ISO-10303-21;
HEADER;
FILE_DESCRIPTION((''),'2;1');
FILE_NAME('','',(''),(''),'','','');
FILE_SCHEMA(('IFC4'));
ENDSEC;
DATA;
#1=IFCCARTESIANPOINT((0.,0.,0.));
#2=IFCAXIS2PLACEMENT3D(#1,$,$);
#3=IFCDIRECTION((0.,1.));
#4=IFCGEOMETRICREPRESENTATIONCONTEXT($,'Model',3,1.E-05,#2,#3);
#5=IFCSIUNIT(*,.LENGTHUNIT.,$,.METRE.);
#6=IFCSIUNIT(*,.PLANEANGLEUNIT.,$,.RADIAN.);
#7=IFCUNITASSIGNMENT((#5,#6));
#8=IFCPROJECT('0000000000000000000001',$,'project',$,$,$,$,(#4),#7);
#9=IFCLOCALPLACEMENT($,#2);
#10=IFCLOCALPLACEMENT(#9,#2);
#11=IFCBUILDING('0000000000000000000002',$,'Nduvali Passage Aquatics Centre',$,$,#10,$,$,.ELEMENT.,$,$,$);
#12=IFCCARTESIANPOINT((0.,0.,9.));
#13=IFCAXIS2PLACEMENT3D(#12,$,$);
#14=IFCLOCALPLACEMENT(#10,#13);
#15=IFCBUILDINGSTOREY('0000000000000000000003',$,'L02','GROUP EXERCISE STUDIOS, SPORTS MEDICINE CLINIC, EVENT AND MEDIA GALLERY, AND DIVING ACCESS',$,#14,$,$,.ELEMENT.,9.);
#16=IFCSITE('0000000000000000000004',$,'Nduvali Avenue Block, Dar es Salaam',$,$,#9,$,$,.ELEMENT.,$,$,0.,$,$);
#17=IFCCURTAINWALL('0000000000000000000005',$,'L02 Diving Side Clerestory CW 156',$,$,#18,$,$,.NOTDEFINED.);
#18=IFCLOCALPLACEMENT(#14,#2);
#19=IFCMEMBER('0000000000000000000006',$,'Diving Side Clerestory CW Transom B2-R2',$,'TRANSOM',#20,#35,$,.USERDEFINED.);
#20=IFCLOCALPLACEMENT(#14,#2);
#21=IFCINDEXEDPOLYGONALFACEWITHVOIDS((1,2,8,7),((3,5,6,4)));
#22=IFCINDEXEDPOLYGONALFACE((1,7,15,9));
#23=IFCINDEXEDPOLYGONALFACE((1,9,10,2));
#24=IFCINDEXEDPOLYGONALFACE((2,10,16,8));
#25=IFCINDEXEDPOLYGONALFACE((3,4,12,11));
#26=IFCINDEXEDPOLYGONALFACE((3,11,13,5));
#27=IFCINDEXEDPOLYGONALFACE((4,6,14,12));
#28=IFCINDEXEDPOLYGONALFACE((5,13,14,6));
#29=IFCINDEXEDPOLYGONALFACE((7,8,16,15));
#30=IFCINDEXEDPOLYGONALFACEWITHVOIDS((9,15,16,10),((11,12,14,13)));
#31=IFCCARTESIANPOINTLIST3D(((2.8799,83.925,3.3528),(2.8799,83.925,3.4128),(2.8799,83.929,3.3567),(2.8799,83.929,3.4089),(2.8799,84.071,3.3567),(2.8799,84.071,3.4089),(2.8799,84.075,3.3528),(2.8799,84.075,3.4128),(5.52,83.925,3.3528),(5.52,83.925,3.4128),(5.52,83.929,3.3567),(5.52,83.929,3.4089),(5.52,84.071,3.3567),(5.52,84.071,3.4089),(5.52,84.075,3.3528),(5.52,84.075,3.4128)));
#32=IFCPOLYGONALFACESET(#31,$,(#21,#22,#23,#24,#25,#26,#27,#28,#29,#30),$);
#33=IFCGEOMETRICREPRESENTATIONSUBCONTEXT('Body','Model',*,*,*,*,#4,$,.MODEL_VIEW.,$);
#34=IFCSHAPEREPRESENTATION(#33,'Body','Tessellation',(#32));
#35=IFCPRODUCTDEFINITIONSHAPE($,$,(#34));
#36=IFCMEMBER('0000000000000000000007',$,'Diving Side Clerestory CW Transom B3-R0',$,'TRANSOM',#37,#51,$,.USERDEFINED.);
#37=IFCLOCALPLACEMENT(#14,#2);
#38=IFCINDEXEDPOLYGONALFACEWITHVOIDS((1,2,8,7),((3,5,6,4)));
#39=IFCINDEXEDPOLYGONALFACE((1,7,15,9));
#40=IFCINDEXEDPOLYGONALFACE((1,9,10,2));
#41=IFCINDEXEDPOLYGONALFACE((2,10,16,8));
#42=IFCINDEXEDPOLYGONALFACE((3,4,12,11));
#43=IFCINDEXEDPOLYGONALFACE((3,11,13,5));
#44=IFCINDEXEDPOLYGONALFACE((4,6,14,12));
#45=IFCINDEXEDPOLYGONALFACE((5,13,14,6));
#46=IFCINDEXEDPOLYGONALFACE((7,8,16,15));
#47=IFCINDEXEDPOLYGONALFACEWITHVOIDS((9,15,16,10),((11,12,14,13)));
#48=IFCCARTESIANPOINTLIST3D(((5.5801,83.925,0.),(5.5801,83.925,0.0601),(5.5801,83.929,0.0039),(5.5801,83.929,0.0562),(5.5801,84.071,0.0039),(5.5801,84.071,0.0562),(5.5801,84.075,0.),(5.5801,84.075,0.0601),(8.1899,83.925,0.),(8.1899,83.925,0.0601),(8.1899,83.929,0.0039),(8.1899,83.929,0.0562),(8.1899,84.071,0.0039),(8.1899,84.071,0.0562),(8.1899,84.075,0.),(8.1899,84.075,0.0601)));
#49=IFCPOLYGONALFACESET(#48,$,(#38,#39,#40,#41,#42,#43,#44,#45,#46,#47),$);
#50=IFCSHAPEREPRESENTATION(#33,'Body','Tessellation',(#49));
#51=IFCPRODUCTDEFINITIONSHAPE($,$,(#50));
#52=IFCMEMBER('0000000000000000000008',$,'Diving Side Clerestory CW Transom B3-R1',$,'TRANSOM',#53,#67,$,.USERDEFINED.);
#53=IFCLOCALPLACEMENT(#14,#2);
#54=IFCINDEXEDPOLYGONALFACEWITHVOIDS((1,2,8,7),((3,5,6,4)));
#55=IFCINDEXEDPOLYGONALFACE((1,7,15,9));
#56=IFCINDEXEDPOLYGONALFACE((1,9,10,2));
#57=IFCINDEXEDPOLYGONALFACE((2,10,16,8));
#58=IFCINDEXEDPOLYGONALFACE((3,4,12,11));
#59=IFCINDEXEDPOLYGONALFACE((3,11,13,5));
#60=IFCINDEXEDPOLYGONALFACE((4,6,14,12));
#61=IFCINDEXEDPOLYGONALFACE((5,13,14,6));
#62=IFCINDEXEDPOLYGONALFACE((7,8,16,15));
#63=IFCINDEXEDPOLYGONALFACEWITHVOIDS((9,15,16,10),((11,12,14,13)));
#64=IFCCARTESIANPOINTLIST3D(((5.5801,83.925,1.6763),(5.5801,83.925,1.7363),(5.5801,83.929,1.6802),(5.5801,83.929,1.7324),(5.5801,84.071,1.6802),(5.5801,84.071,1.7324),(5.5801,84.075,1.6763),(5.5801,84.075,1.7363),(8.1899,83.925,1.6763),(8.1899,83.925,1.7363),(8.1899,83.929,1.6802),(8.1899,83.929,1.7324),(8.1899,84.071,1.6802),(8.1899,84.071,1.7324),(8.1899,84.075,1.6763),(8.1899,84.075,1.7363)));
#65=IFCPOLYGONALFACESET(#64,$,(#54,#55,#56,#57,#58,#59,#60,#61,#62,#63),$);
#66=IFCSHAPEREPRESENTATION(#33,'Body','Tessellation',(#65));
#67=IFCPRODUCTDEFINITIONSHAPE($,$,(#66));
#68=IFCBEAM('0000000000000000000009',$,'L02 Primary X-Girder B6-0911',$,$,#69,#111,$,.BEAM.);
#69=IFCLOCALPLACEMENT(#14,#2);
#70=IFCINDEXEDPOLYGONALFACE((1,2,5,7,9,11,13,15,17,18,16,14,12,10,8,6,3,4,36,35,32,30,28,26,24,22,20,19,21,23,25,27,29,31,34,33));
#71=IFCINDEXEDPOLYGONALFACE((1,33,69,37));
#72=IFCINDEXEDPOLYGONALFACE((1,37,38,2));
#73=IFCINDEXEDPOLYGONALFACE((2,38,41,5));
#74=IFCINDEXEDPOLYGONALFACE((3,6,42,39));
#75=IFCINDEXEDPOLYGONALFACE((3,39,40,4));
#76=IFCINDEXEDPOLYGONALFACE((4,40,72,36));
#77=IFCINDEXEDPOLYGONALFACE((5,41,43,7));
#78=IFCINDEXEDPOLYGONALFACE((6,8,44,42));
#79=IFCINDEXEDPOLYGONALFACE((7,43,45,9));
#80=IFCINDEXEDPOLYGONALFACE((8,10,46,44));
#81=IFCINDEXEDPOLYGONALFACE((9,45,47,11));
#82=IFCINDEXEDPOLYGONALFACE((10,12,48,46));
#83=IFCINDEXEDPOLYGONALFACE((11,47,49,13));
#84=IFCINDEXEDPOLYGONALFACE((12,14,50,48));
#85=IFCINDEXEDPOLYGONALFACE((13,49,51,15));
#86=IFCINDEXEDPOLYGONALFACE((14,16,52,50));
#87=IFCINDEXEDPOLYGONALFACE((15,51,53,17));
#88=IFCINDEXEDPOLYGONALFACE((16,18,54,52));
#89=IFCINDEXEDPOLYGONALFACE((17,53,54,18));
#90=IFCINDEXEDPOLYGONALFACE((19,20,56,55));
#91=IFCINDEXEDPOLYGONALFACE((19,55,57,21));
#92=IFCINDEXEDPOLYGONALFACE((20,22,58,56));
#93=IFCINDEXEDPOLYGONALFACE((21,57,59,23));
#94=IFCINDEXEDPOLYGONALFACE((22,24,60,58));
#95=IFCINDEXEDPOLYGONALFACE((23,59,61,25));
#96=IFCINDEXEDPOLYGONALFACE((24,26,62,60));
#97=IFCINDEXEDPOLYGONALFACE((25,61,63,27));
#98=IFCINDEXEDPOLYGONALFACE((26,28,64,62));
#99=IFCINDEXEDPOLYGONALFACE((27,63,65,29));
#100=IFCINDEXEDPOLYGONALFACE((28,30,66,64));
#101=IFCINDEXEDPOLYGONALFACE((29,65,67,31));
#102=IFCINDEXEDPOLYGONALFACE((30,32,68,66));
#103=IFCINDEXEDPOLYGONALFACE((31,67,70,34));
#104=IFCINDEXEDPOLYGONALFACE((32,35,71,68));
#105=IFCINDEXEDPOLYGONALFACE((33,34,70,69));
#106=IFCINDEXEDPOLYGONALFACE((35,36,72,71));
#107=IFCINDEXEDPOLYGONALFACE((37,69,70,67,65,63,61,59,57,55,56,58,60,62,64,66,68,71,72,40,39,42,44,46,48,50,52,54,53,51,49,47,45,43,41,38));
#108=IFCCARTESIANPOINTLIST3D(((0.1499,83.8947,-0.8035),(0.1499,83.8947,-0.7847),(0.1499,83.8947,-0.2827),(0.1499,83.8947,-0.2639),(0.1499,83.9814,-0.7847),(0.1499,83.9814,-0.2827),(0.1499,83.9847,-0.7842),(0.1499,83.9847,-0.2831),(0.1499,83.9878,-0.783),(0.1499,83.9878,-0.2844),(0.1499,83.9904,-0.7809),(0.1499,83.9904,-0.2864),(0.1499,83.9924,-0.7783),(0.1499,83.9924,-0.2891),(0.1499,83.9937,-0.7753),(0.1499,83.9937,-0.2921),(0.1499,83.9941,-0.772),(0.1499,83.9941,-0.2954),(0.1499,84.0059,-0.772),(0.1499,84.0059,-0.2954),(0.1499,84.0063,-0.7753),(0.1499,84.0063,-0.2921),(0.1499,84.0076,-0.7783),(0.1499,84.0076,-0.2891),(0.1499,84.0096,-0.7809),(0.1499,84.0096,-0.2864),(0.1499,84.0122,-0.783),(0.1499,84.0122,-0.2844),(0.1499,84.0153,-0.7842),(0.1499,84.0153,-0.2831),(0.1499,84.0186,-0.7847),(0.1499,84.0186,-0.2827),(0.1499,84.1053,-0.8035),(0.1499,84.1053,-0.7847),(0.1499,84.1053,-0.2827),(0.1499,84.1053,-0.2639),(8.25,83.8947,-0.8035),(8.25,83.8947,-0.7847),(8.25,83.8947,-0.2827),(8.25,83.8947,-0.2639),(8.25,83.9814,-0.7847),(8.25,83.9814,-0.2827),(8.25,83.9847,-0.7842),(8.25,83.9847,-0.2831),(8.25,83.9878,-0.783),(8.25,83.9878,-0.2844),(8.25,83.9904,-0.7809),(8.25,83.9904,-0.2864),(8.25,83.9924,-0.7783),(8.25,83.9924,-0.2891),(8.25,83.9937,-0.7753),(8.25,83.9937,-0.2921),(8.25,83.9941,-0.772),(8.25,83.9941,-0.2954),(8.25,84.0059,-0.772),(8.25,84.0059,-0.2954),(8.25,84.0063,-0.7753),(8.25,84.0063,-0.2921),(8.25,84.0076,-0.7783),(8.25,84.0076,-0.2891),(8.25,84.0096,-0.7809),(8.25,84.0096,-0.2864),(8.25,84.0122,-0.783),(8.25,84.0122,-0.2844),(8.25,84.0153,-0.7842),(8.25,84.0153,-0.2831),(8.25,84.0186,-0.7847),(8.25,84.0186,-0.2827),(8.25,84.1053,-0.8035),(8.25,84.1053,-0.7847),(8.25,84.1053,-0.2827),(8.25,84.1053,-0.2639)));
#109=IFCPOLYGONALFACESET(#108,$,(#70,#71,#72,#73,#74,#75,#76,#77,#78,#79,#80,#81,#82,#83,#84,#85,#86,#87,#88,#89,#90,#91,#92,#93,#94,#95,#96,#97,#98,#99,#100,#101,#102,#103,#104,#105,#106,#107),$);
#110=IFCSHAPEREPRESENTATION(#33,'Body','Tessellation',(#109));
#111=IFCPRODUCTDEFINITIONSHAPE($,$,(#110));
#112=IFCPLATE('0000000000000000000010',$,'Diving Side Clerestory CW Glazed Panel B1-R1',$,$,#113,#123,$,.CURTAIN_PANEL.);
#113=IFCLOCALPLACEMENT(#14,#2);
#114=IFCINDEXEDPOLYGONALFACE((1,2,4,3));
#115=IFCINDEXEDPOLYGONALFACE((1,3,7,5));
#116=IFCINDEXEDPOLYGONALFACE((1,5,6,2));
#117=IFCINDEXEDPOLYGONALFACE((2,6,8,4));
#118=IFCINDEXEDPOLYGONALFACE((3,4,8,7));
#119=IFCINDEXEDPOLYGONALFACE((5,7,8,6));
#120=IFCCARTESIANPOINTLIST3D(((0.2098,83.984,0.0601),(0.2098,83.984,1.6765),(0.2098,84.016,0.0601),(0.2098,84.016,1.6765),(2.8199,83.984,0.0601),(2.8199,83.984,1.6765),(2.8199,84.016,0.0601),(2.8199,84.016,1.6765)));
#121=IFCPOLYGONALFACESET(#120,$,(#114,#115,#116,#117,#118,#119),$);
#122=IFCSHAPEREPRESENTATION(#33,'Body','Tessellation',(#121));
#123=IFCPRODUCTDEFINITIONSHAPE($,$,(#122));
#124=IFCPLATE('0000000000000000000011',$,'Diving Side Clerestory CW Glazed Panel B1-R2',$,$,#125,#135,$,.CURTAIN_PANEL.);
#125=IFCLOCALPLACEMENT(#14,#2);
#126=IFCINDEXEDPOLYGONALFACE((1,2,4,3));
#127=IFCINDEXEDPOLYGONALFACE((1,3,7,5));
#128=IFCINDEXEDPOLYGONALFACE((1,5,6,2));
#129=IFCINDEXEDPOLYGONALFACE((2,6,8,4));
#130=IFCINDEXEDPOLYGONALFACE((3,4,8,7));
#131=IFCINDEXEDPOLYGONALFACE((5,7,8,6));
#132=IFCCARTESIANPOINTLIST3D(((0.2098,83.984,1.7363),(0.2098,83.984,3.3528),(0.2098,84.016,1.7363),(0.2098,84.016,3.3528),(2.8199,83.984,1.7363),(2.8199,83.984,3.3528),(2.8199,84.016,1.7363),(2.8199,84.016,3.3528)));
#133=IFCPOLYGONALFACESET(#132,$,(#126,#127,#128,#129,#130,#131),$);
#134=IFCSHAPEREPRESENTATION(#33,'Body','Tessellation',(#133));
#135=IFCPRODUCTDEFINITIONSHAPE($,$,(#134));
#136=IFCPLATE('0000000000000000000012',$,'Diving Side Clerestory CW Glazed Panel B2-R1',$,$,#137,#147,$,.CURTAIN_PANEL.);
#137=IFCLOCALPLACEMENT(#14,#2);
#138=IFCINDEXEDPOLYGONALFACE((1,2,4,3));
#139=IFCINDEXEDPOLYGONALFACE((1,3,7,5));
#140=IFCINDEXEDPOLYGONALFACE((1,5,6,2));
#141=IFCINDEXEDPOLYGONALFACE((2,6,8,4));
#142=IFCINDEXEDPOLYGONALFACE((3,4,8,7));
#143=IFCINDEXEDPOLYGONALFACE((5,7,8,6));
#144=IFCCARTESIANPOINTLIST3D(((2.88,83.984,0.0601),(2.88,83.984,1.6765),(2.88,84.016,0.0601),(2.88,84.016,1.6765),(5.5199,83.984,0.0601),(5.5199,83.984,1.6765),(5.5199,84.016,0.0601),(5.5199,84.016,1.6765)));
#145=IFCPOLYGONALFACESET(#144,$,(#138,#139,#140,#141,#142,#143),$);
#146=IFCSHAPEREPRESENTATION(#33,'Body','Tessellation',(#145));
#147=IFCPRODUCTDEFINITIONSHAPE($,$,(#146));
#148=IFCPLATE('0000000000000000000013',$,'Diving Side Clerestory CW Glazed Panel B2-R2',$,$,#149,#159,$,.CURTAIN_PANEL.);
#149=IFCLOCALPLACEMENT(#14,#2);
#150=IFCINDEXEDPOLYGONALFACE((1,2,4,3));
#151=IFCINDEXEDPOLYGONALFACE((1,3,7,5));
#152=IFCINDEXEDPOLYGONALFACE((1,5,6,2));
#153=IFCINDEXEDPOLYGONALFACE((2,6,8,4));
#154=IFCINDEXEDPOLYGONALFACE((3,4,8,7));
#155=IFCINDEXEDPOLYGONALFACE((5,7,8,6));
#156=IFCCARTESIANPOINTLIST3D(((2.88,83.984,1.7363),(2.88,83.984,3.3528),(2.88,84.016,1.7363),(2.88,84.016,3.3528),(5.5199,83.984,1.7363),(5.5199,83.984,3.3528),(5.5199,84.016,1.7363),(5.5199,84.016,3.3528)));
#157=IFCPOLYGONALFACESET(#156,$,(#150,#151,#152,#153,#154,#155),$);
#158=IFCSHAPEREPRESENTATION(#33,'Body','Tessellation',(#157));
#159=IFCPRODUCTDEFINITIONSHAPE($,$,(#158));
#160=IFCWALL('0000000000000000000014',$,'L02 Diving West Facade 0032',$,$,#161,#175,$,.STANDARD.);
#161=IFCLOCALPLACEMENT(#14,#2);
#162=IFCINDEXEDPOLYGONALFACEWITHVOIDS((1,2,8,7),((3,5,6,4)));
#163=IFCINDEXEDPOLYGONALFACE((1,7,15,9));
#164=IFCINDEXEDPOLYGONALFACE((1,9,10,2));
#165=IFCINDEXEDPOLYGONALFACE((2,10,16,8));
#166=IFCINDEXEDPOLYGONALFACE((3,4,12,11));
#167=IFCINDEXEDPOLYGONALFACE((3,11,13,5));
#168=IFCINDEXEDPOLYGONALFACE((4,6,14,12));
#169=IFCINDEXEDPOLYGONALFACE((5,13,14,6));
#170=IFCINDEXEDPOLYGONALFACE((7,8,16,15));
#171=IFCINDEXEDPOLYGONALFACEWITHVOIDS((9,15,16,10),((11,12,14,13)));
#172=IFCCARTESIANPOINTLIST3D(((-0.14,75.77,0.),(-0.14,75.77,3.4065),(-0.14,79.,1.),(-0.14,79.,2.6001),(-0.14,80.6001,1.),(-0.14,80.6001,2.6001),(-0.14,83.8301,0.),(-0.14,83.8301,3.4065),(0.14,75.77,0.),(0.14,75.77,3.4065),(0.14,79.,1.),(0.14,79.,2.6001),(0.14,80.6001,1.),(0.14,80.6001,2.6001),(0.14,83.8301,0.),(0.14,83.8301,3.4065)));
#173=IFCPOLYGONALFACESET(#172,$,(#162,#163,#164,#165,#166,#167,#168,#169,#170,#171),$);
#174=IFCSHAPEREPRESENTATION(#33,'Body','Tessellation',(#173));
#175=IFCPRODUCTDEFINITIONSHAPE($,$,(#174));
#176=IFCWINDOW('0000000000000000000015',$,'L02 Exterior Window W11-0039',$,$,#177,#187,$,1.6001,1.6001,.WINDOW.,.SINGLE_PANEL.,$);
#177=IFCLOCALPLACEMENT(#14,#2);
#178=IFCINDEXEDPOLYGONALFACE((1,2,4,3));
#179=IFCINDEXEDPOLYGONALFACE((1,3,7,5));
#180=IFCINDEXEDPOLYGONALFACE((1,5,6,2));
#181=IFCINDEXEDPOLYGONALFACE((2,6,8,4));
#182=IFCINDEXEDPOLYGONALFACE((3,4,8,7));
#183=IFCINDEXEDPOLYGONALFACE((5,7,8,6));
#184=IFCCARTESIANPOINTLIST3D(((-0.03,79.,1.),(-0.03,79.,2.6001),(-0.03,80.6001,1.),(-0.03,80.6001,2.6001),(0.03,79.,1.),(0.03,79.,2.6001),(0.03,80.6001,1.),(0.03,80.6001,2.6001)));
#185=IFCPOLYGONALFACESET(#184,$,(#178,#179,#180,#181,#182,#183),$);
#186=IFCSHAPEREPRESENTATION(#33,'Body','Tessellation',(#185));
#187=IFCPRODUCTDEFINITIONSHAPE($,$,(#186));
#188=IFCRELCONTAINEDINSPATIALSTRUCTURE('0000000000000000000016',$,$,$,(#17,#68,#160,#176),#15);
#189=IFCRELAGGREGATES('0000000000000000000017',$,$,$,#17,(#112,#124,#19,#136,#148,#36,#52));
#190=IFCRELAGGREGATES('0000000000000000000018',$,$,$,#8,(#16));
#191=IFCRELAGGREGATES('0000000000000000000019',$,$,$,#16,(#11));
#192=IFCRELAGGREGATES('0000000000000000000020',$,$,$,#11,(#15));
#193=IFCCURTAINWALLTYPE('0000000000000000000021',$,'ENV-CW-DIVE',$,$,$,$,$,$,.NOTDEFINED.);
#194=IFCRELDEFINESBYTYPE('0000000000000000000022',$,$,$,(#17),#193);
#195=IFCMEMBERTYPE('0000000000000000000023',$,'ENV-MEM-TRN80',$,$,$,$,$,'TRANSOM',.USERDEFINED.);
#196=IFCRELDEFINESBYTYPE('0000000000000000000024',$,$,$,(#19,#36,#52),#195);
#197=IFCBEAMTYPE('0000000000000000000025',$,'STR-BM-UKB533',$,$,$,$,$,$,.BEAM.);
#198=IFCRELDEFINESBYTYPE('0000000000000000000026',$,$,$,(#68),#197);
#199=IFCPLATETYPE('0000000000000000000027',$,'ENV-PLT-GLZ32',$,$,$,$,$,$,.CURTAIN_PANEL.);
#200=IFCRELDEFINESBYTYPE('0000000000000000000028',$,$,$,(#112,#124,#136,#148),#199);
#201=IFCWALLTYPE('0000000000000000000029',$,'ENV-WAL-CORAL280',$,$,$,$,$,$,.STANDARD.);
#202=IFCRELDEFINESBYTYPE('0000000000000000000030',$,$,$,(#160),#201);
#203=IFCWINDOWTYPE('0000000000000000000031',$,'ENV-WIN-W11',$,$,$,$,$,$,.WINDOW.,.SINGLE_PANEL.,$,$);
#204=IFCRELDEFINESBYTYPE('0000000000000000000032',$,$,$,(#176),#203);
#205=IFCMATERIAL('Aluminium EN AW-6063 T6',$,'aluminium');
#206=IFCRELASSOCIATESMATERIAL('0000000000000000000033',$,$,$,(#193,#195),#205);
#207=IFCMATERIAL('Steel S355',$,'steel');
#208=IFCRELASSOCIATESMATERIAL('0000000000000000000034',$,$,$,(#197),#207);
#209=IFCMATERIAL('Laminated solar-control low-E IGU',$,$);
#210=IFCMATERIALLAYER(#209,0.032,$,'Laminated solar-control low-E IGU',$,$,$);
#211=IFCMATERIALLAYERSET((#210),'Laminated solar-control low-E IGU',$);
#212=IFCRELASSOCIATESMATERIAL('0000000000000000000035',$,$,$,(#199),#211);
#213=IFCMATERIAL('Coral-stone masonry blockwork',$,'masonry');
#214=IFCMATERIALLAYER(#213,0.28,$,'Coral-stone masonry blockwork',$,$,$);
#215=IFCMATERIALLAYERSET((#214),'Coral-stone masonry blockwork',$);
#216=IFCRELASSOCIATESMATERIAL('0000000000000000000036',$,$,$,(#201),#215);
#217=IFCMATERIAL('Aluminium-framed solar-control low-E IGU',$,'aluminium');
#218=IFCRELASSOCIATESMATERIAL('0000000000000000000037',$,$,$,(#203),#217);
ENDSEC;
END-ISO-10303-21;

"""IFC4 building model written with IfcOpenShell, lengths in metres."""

from ifc_helpers import new_model, si_unit, direction, frame, frame_2d, origin, origin_2d, place, context, subcontext, project, spatial, rectangle, hollow_rectangle, i_section, extrude, material, layer, layer_set, material_profile, profile_set, type_object, element, fill, aggregate, save


model = new_model("IFC4")

# Units and contexts
model_context = context("Model", 3, precision=1e-05, world=origin(), true_north=direction((0.0, 1.0)))
body_context = subcontext(model_context, "Body", "Model", "MODEL_VIEW")
ifc_project = project(units=[si_unit("LENGTHUNIT", "METRE"), si_unit("PLANEANGLEUNIT", "RADIAN")], contexts=[model_context])

# Site, building, storey
site_placement = place(None, origin())
site = spatial("IfcSite", under=ifc_project, at=site_placement, Name="Nduvali Avenue Block, Dar es Salaam", CompositionType="ELEMENT", RefElevation=0.0)
building_placement = place(site_placement, origin())
building = spatial("IfcBuilding", under=site, at=building_placement, Name="Nduvali Passage Aquatics Centre", CompositionType="ELEMENT")
storey_placement = place(building_placement, frame((0.0, 0.0, 9.0)))
storey = spatial("IfcBuildingStorey", under=building, at=storey_placement, Name="L02", Description="GROUP EXERCISE STUDIOS, SPORTS MEDICINE CLINIC, EVENT AND MEDIA GALLERY, AND DIVING ACCESS", CompositionType="ELEMENT", Elevation=9.0)

# Shared definitions
ifc_material_1 = material(Name="Steel S355", Category="steel")

# Curtain wall, members
ifc_material_2 = material(Name="Aluminium EN AW-6063 T6", Category="aluminium")
curtain_wall_type = type_object("IfcCurtainWallType", Name="ENV-CW-DIVE", PredefinedType="NOTDEFINED", material=ifc_material_2)
curtain_wall_placement = place(storey_placement, origin())
curtain_wall = element("IfcCurtainWall", 1, at=curtain_wall_placement, inside=storey, type_object=curtain_wall_type, Name="L02 Diving Side Clerestory CW 156", PredefinedType="NOTDEFINED")
ifc_material_profile_1 = material_profile(ifc_material_2, hollow_rectangle(XDim=0.1499, YDim=0.0601, WallThickness=0.0039, at=origin_2d()), Name="ALU TRANSOM 150x60x4")
ifc_profile_set_1 = profile_set([ifc_material_profile_1], Name="Aluminium EN AW-6063 T6")
member_type_1 = type_object("IfcMemberType", Name="ENV-MEM-TRN80", ElementType="TRANSOM", PredefinedType="USERDEFINED", material=ifc_profile_set_1)
member_1_placement = place(storey_placement, frame((2.8799, 84.0, 3.3828), z_axis=(1.0, 0.0, 0.0), x_axis=(0.0, 1.0, 0.0)))
member_1 = element("IfcMember", 2, at=member_1_placement, type_object=member_type_1, Name="Diving Side Clerestory CW Transom B2-R2", ObjectType="TRANSOM", PredefinedType="USERDEFINED", context=body_context, shape_type="SweptSolid", body=[
    extrude(hollow_rectangle(XDim=0.1499, YDim=0.0601, WallThickness=0.0039, at=origin_2d()), origin(), (0.0, 0.0, 1.0), 2.6401),
])
member_2_placement = place(storey_placement, frame((5.5801, 84.0, 0.03), z_axis=(1.0, 0.0, 0.0), x_axis=(0.0, 1.0, 0.0)))
member_2 = element("IfcMember", 3, at=member_2_placement, type_object=member_type_1, Name="Diving Side Clerestory CW Transom B3-R0", ObjectType="TRANSOM", PredefinedType="USERDEFINED", context=body_context, shape_type="SweptSolid", body=[
    extrude(hollow_rectangle(XDim=0.1499, YDim=0.0601, WallThickness=0.0039, at=origin_2d()), origin(), (0.0, 0.0, 1.0), 2.6099),
])
member_3_placement = place(storey_placement, frame((5.5801, 84.0, 1.7063), z_axis=(1.0, 0.0, 0.0), x_axis=(0.0, 1.0, 0.0)))
member_3 = element("IfcMember", 4, at=member_3_placement, type_object=member_type_1, Name="Diving Side Clerestory CW Transom B3-R1", ObjectType="TRANSOM", PredefinedType="USERDEFINED", context=body_context, shape_type="SweptSolid", body=[
    extrude(hollow_rectangle(XDim=0.1499, YDim=0.0601, WallThickness=0.0039, at=origin_2d()), origin(), (0.0, 0.0, 1.0), 2.6099),
])

# Beam
ifc_material_profile_2 = material_profile(ifc_material_1, i_section(OverallWidth=0.2107, OverallDepth=0.5396, WebThickness=0.0117, FlangeThickness=0.0188, FilletRadius=0.0127, at=origin_2d()), Name="UKB 533x210x109")
ifc_profile_set_2 = profile_set([ifc_material_profile_2], Name="Steel S355")
beam_type = type_object("IfcBeamType", Name="STR-BM-UKB533", PredefinedType="BEAM", material=ifc_profile_set_2)
beam_placement = place(storey_placement, frame((0.1499, 84.0, -0.5337), z_axis=(1.0, 0.0, 0.0), x_axis=(0.0, 1.0, 0.0)))
element("IfcBeam", 5, at=beam_placement, inside=storey, type_object=beam_type, Name="L02 Primary X-Girder B6-0911", PredefinedType="BEAM", context=body_context, shape_type="SweptSolid", body=[
    extrude(i_section(OverallWidth=0.2107, OverallDepth=0.5396, WebThickness=0.0117, FlangeThickness=0.0188, FilletRadius=0.0127, at=origin_2d()), origin(), (0.0, 0.0, 1.0), 8.1001),
])

# Plates
ifc_material_3 = material(Name="Laminated solar-control low-E IGU")
ifc_layer_1 = layer(ifc_material_3, 0.032, Name="Laminated solar-control low-E IGU")
ifc_layer_set_1 = layer_set([ifc_layer_1], Name="Laminated solar-control low-E IGU")
plate_type = type_object("IfcPlateType", Name="ENV-PLT-GLZ32", PredefinedType="CURTAIN_PANEL", material=ifc_layer_set_1)
plate_1_placement = place(storey_placement, frame((1.5149, 84.0, 0.0601), z_axis=(0.0, 0.0, 1.0), x_axis=(1.0, 0.0, 0.0)))
plate_1 = element("IfcPlate", 6, at=plate_1_placement, type_object=plate_type, Name="Diving Side Clerestory CW Glazed Panel B1-R1", PredefinedType="CURTAIN_PANEL", context=body_context, shape_type="SweptSolid", body=[
    extrude(rectangle(XDim=2.6101, YDim=0.032, at=origin_2d()), origin(), (0.0, 0.0, 1.0), 1.6165),
])
plate_2_placement = place(storey_placement, frame((1.5149, 84.0, 1.7363), z_axis=(0.0, 0.0, 1.0), x_axis=(1.0, 0.0, 0.0)))
plate_2 = element("IfcPlate", 7, at=plate_2_placement, type_object=plate_type, Name="Diving Side Clerestory CW Glazed Panel B1-R2", PredefinedType="CURTAIN_PANEL", context=body_context, shape_type="SweptSolid", body=[
    extrude(rectangle(XDim=2.6101, YDim=0.032, at=origin_2d()), origin(), (0.0, 0.0, 1.0), 1.6165),
])
plate_3_placement = place(storey_placement, frame((4.2, 84.0, 0.0601), z_axis=(0.0, 0.0, 1.0), x_axis=(1.0, 0.0, 0.0)))
plate_3 = element("IfcPlate", 8, at=plate_3_placement, type_object=plate_type, Name="Diving Side Clerestory CW Glazed Panel B2-R1", PredefinedType="CURTAIN_PANEL", context=body_context, shape_type="SweptSolid", body=[
    extrude(rectangle(XDim=2.6399, YDim=0.032, at=origin_2d()), origin(), (0.0, 0.0, 1.0), 1.6165),
])
plate_4_placement = place(storey_placement, frame((4.2, 84.0, 1.7363), z_axis=(0.0, 0.0, 1.0), x_axis=(1.0, 0.0, 0.0)))
plate_4 = element("IfcPlate", 9, at=plate_4_placement, type_object=plate_type, Name="Diving Side Clerestory CW Glazed Panel B2-R2", PredefinedType="CURTAIN_PANEL", context=body_context, shape_type="SweptSolid", body=[
    extrude(rectangle(XDim=2.6399, YDim=0.032, at=origin_2d()), origin(), (0.0, 0.0, 1.0), 1.6165),
])
aggregate(curtain_wall, [plate_1, plate_2, member_1, plate_3, plate_4, member_2, member_3])

# Wall, opening, window
ifc_material_4 = material(Name="Coral-stone masonry blockwork", Category="masonry")
ifc_layer_2 = layer(ifc_material_4, 0.28, Name="Coral-stone masonry blockwork")
ifc_layer_set_2 = layer_set([ifc_layer_2], Name="Coral-stone masonry blockwork")
wall_type = type_object("IfcWallType", Name="ENV-WAL-CORAL280", PredefinedType="STANDARD", material=ifc_layer_set_2)
wall_placement = place(storey_placement, frame((0.0, 83.8301, 0.0), z_axis=(0.0, 0.0, 1.0), x_axis=(0.0, -1.0, 0.0)))
wall = element("IfcWall", 10, at=wall_placement, inside=storey, type_object=wall_type, Name="L02 Diving West Facade 0032", PredefinedType="STANDARD", context=body_context, shape_type="SweptSolid", body=[
    extrude(rectangle(XDim=8.0601, YDim=0.28, at=frame_2d((4.03, 0.0))), origin(), (0.0, 0.0, 1.0), 3.4065),
])
opening_placement = place(wall_placement, frame((3.23, 0.0, 1.0)))
opening = element("IfcOpeningElement", 11, at=opening_placement, cuts=wall, PredefinedType="OPENING", context=body_context, shape_type="SweptSolid", body=[
    extrude(rectangle(XDim=1.6001, YDim=1.6001, at=frame_2d((0.8, 0.8))), frame((0.0, 0.1548, 0.0), z_axis=(0.0, -1.0, 0.0), x_axis=(1.0, 0.0, 0.0)), (0.0, 0.0, 1.0), 0.3098),
])
ifc_material_5 = material(Name="Aluminium-framed solar-control low-E IGU", Category="aluminium")
window_type = type_object("IfcWindowType", Name="ENV-WIN-W11", PartitioningType="SINGLE_PANEL", PredefinedType="WINDOW", material=ifc_material_5)
window_placement = place(opening_placement, origin())
window = element("IfcWindow", 12, at=window_placement, inside=storey, type_object=window_type, Name="L02 Exterior Window W11-0039", OverallHeight=1.6001, OverallWidth=1.6001, PartitioningType="SINGLE_PANEL", PredefinedType="WINDOW", context=body_context, shape_type="SweptSolid", body=[
    extrude(rectangle(XDim=1.6001, YDim=1.6001, at=frame_2d((0.8, 0.8))), frame((0.0, 0.03, 0.0), z_axis=(0.0, -1.0, 0.0), x_axis=(1.0, 0.0, 0.0)), (0.0, 0.0, 1.0), 0.0601),
])
fill(opening, window)

save(model, "model.ifc")
